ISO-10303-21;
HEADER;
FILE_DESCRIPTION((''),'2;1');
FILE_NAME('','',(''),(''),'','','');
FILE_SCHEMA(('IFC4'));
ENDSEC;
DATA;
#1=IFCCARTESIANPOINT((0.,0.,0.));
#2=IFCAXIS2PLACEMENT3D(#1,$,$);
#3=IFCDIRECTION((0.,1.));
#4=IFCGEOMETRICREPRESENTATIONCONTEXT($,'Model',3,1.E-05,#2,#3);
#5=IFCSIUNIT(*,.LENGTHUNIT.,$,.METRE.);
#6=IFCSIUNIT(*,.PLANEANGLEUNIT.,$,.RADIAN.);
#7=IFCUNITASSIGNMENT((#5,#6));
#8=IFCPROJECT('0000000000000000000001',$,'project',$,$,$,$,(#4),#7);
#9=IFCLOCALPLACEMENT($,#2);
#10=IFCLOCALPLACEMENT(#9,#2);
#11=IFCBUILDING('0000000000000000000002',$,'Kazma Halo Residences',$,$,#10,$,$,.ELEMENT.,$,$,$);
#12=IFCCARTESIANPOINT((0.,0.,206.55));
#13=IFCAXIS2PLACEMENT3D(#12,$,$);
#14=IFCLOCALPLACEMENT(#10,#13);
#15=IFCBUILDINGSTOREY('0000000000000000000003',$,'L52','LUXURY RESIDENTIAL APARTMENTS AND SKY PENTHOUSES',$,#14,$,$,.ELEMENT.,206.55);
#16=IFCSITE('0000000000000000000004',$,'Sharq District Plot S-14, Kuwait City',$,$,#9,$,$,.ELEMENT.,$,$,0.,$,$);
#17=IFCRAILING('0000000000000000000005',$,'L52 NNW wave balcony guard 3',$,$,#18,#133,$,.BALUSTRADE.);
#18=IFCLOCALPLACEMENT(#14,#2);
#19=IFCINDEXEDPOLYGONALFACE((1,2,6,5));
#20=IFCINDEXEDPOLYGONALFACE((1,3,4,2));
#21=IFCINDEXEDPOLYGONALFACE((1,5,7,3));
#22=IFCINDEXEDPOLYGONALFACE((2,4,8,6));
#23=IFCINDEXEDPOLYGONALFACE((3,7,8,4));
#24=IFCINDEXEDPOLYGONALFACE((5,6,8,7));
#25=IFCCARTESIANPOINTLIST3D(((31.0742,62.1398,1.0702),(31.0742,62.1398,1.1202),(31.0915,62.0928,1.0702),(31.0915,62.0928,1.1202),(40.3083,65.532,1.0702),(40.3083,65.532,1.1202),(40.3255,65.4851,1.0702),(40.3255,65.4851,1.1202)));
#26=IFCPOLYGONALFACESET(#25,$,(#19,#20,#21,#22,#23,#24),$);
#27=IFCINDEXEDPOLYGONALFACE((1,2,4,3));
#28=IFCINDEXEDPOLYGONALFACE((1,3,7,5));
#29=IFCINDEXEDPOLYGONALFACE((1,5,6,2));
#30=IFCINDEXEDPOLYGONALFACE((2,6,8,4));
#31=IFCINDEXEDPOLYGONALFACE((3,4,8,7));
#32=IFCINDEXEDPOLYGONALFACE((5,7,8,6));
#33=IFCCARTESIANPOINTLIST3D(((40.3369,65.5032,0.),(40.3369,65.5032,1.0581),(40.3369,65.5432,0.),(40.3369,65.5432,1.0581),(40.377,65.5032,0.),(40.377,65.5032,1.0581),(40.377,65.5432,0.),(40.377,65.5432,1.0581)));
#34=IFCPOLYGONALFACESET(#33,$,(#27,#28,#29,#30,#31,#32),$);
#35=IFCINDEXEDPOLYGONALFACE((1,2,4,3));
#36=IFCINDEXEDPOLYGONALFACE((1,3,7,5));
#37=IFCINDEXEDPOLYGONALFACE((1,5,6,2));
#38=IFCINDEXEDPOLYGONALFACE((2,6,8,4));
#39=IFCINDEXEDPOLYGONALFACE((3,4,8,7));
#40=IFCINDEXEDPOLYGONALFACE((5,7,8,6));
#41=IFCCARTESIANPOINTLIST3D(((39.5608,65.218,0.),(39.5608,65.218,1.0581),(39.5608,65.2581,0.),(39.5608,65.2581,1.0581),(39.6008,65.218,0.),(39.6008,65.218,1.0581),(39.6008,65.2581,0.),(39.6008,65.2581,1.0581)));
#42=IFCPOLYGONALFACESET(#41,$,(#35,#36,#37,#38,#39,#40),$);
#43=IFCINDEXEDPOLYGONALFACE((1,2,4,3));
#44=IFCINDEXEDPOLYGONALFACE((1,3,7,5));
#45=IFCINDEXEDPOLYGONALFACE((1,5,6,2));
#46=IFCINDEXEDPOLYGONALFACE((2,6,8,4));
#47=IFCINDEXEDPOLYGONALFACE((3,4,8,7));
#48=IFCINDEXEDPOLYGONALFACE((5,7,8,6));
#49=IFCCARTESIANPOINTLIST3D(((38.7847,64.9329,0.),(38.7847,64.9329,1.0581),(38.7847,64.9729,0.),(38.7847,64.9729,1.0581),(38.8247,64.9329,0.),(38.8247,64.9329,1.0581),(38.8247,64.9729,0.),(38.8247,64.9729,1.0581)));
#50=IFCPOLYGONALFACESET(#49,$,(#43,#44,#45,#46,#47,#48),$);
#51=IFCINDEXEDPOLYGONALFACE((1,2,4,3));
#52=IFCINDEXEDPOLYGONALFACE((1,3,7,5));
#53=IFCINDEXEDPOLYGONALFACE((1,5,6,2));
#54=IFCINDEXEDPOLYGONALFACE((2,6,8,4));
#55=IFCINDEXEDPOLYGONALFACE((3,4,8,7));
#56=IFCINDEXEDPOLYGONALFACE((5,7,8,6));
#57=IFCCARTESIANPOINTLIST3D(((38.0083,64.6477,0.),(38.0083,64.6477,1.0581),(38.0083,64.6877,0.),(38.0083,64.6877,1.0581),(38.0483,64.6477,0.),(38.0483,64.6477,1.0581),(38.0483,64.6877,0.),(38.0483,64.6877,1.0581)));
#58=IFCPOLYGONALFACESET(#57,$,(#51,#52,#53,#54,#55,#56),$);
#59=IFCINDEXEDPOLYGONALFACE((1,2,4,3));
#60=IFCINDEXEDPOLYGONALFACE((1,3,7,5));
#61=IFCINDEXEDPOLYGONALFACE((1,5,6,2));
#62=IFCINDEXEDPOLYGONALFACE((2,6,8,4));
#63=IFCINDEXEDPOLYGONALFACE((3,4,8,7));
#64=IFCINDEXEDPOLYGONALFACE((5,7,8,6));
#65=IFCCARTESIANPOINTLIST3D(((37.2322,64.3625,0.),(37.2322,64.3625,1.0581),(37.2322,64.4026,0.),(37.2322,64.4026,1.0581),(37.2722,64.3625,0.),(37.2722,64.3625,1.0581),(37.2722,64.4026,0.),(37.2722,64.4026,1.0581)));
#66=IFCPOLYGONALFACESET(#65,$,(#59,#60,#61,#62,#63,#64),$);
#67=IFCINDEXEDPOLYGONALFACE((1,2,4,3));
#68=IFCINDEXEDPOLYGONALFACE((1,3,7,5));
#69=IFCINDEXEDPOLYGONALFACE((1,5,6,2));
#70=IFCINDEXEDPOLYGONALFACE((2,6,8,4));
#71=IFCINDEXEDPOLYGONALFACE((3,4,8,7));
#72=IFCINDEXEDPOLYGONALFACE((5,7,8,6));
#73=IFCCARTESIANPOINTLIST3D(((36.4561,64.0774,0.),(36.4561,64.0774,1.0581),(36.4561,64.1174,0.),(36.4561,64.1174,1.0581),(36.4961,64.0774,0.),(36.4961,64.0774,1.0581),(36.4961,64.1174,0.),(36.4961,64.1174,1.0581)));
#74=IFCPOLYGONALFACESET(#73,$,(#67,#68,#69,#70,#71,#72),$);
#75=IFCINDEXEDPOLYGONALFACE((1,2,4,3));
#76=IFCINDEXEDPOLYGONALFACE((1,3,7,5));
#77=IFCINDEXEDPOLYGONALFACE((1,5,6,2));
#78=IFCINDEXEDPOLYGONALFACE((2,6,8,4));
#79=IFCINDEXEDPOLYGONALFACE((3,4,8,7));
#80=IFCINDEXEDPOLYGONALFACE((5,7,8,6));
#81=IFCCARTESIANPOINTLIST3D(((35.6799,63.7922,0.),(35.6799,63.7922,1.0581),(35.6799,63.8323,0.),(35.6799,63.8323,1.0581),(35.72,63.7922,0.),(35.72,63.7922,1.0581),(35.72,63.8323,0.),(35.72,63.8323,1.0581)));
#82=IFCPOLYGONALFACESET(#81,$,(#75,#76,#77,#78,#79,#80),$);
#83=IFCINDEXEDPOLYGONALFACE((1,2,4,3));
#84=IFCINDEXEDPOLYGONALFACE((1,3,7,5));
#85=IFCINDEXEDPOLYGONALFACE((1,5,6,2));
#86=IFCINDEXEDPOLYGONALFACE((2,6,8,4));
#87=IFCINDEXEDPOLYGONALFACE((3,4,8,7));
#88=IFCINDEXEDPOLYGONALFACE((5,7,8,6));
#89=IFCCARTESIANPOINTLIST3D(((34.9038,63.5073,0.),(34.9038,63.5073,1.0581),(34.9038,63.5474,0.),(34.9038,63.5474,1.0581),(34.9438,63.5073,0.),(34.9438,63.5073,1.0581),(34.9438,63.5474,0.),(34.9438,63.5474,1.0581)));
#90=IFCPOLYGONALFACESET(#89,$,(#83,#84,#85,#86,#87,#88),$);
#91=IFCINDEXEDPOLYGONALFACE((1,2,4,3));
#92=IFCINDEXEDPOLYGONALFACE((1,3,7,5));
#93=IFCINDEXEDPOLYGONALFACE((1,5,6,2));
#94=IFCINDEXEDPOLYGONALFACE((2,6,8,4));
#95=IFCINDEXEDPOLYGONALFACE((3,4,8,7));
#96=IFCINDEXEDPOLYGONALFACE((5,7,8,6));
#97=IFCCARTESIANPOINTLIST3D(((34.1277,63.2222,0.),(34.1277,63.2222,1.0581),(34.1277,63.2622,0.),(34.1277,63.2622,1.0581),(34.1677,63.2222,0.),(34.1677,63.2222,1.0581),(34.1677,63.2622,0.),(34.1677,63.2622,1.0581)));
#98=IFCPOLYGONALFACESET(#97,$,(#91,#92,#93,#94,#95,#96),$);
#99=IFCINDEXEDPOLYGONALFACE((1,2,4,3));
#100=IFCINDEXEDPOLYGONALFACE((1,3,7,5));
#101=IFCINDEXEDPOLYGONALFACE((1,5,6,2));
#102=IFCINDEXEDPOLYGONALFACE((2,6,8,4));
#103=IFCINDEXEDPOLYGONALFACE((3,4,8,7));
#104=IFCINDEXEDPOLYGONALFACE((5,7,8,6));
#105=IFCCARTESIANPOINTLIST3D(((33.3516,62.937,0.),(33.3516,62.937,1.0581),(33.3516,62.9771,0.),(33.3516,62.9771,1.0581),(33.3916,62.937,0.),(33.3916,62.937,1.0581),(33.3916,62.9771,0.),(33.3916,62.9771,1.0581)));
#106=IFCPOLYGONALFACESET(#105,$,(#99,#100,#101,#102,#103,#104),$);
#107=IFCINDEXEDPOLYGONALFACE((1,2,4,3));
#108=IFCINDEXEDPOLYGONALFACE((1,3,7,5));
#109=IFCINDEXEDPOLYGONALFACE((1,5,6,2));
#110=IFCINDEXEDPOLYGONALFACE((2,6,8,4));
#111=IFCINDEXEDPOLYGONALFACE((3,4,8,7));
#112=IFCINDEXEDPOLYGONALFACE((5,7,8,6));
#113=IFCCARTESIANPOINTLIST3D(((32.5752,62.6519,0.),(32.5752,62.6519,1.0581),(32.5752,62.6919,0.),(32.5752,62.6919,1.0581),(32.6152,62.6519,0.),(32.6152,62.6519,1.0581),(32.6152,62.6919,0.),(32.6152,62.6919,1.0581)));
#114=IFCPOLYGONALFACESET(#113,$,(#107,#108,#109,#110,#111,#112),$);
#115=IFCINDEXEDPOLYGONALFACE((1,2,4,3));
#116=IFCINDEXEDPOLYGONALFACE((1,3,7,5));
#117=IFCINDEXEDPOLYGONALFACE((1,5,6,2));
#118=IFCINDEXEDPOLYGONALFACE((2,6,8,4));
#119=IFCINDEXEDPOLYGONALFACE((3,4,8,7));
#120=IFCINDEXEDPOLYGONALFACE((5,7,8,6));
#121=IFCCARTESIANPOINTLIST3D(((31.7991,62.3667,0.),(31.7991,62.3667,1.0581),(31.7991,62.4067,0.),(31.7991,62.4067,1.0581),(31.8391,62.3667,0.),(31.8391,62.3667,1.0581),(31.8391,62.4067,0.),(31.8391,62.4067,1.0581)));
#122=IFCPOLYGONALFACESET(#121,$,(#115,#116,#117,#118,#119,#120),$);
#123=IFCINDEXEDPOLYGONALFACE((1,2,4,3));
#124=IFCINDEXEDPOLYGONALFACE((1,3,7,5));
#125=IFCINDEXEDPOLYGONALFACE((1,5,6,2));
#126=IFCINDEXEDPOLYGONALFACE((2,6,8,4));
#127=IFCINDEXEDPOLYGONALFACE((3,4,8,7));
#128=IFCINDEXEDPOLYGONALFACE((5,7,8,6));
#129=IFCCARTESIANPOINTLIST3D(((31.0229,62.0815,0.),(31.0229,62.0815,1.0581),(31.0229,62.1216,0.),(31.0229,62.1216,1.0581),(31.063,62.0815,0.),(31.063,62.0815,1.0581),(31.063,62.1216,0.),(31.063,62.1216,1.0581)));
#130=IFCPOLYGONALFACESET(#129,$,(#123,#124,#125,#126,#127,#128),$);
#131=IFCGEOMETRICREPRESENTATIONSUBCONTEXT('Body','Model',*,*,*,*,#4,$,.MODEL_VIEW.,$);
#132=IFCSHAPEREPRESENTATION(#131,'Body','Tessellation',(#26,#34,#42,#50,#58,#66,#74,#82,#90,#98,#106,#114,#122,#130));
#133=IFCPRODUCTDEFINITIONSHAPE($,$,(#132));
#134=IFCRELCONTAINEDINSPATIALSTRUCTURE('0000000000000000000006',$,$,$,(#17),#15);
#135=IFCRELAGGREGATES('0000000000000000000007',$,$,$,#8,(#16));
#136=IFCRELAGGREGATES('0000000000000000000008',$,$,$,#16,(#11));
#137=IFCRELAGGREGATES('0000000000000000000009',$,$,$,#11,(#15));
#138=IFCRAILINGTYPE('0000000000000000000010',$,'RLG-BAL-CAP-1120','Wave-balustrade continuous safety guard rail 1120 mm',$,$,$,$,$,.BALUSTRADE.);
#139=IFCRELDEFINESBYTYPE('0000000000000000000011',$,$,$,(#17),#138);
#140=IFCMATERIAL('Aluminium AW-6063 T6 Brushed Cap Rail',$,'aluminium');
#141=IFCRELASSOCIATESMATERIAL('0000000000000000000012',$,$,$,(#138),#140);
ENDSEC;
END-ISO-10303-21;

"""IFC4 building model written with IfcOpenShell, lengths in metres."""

from ifc_helpers import new_model, si_unit, direction, frame, origin, origin_2d, place, context, subcontext, project, spatial, rectangle, extrude, material, type_object, element, save


model = new_model("IFC4")

# Units and contexts
model_context = context("Model", 3, precision=1e-05, world=origin(), true_north=direction((0.0, 1.0)))
body_context = subcontext(model_context, "Body", "Model", "MODEL_VIEW")
ifc_project = project(units=[si_unit("LENGTHUNIT", "METRE"), si_unit("PLANEANGLEUNIT", "RADIAN")], contexts=[model_context])

# Site, building, storey
site_placement = place(None, origin())
site = spatial("IfcSite", under=ifc_project, at=site_placement, Name="Sharq District Plot S-14, Kuwait City", CompositionType="ELEMENT", RefElevation=0.0)
building_placement = place(site_placement, origin())
building = spatial("IfcBuilding", under=site, at=building_placement, Name="Kazma Halo Residences", CompositionType="ELEMENT")
storey_placement = place(building_placement, frame((0.0, 0.0, 206.55)))
storey = spatial("IfcBuildingStorey", under=building, at=storey_placement, Name="L52", Description="LUXURY RESIDENTIAL APARTMENTS AND SKY PENTHOUSES", CompositionType="ELEMENT", Elevation=206.55)

# Railing
ifc_material_1 = material(Name="Aluminium AW-6063 T6 Brushed Cap Rail", Category="aluminium")
railing_type = type_object("IfcRailingType", Name="RLG-BAL-CAP-1120", Description="Wave-balustrade continuous safety guard rail 1120 mm", PredefinedType="BALUSTRADE", material=ifc_material_1)
railing_placement = place(storey_placement, frame((40.3569, 65.5232, 0.0)))
element("IfcRailing", 1, at=railing_placement, inside=storey, type_object=railing_type, Name="L52 NNW wave balcony guard 3", PredefinedType="BALUSTRADE", context=body_context, shape_type="SweptSolid", body=[
    extrude(rectangle(XDim=0.05, YDim=0.05, at=origin_2d()), frame((-0.04, -0.0146, 1.0952), z_axis=(-0.938664, -0.344833, 0.0), x_axis=(0.344833, -0.938664, 0.0)), (0.0, 0.0, 1.0), 9.8374),
    extrude(rectangle(XDim=0.04, YDim=0.04, at=origin_2d()), origin(), (0.0, 0.0, 1.0), 1.0581),
    extrude(rectangle(XDim=0.04, YDim=0.04, at=origin_2d()), frame((-0.7761, -0.2852, 0.0)), (0.0, 0.0, 1.0), 1.0581),
    extrude(rectangle(XDim=0.04, YDim=0.04, at=origin_2d()), frame((-1.5522, -0.5703, 0.0)), (0.0, 0.0, 1.0), 1.0581),
    extrude(rectangle(XDim=0.04, YDim=0.04, at=origin_2d()), frame((-2.3286, -0.8555, 0.0)), (0.0, 0.0, 1.0), 1.0581),
    extrude(rectangle(XDim=0.04, YDim=0.04, at=origin_2d()), frame((-3.1047, -1.1406, 0.0)), (0.0, 0.0, 1.0), 1.0581),
    extrude(rectangle(XDim=0.04, YDim=0.04, at=origin_2d()), frame((-3.8809, -1.4258, 0.0)), (0.0, 0.0, 1.0), 1.0581),
    extrude(rectangle(XDim=0.04, YDim=0.04, at=origin_2d()), frame((-4.657, -1.7109, 0.0)), (0.0, 0.0, 1.0), 1.0581),
    extrude(rectangle(XDim=0.04, YDim=0.04, at=origin_2d()), frame((-5.4331, -1.9958, 0.0)), (0.0, 0.0, 1.0), 1.0581),
    extrude(rectangle(XDim=0.04, YDim=0.04, at=origin_2d()), frame((-6.2092, -2.281, 0.0)), (0.0, 0.0, 1.0), 1.0581),
    extrude(rectangle(XDim=0.04, YDim=0.04, at=origin_2d()), frame((-6.9854, -2.5662, 0.0)), (0.0, 0.0, 1.0), 1.0581),
    extrude(rectangle(XDim=0.04, YDim=0.04, at=origin_2d()), frame((-7.7617, -2.8513, 0.0)), (0.0, 0.0, 1.0), 1.0581),
    extrude(rectangle(XDim=0.04, YDim=0.04, at=origin_2d()), frame((-8.5378, -3.1365, 0.0)), (0.0, 0.0, 1.0), 1.0581),
    extrude(rectangle(XDim=0.04, YDim=0.04, at=origin_2d()), frame((-9.314, -3.4216, 0.0)), (0.0, 0.0, 1.0), 1.0581),
])

save(model, "model.ifc")
